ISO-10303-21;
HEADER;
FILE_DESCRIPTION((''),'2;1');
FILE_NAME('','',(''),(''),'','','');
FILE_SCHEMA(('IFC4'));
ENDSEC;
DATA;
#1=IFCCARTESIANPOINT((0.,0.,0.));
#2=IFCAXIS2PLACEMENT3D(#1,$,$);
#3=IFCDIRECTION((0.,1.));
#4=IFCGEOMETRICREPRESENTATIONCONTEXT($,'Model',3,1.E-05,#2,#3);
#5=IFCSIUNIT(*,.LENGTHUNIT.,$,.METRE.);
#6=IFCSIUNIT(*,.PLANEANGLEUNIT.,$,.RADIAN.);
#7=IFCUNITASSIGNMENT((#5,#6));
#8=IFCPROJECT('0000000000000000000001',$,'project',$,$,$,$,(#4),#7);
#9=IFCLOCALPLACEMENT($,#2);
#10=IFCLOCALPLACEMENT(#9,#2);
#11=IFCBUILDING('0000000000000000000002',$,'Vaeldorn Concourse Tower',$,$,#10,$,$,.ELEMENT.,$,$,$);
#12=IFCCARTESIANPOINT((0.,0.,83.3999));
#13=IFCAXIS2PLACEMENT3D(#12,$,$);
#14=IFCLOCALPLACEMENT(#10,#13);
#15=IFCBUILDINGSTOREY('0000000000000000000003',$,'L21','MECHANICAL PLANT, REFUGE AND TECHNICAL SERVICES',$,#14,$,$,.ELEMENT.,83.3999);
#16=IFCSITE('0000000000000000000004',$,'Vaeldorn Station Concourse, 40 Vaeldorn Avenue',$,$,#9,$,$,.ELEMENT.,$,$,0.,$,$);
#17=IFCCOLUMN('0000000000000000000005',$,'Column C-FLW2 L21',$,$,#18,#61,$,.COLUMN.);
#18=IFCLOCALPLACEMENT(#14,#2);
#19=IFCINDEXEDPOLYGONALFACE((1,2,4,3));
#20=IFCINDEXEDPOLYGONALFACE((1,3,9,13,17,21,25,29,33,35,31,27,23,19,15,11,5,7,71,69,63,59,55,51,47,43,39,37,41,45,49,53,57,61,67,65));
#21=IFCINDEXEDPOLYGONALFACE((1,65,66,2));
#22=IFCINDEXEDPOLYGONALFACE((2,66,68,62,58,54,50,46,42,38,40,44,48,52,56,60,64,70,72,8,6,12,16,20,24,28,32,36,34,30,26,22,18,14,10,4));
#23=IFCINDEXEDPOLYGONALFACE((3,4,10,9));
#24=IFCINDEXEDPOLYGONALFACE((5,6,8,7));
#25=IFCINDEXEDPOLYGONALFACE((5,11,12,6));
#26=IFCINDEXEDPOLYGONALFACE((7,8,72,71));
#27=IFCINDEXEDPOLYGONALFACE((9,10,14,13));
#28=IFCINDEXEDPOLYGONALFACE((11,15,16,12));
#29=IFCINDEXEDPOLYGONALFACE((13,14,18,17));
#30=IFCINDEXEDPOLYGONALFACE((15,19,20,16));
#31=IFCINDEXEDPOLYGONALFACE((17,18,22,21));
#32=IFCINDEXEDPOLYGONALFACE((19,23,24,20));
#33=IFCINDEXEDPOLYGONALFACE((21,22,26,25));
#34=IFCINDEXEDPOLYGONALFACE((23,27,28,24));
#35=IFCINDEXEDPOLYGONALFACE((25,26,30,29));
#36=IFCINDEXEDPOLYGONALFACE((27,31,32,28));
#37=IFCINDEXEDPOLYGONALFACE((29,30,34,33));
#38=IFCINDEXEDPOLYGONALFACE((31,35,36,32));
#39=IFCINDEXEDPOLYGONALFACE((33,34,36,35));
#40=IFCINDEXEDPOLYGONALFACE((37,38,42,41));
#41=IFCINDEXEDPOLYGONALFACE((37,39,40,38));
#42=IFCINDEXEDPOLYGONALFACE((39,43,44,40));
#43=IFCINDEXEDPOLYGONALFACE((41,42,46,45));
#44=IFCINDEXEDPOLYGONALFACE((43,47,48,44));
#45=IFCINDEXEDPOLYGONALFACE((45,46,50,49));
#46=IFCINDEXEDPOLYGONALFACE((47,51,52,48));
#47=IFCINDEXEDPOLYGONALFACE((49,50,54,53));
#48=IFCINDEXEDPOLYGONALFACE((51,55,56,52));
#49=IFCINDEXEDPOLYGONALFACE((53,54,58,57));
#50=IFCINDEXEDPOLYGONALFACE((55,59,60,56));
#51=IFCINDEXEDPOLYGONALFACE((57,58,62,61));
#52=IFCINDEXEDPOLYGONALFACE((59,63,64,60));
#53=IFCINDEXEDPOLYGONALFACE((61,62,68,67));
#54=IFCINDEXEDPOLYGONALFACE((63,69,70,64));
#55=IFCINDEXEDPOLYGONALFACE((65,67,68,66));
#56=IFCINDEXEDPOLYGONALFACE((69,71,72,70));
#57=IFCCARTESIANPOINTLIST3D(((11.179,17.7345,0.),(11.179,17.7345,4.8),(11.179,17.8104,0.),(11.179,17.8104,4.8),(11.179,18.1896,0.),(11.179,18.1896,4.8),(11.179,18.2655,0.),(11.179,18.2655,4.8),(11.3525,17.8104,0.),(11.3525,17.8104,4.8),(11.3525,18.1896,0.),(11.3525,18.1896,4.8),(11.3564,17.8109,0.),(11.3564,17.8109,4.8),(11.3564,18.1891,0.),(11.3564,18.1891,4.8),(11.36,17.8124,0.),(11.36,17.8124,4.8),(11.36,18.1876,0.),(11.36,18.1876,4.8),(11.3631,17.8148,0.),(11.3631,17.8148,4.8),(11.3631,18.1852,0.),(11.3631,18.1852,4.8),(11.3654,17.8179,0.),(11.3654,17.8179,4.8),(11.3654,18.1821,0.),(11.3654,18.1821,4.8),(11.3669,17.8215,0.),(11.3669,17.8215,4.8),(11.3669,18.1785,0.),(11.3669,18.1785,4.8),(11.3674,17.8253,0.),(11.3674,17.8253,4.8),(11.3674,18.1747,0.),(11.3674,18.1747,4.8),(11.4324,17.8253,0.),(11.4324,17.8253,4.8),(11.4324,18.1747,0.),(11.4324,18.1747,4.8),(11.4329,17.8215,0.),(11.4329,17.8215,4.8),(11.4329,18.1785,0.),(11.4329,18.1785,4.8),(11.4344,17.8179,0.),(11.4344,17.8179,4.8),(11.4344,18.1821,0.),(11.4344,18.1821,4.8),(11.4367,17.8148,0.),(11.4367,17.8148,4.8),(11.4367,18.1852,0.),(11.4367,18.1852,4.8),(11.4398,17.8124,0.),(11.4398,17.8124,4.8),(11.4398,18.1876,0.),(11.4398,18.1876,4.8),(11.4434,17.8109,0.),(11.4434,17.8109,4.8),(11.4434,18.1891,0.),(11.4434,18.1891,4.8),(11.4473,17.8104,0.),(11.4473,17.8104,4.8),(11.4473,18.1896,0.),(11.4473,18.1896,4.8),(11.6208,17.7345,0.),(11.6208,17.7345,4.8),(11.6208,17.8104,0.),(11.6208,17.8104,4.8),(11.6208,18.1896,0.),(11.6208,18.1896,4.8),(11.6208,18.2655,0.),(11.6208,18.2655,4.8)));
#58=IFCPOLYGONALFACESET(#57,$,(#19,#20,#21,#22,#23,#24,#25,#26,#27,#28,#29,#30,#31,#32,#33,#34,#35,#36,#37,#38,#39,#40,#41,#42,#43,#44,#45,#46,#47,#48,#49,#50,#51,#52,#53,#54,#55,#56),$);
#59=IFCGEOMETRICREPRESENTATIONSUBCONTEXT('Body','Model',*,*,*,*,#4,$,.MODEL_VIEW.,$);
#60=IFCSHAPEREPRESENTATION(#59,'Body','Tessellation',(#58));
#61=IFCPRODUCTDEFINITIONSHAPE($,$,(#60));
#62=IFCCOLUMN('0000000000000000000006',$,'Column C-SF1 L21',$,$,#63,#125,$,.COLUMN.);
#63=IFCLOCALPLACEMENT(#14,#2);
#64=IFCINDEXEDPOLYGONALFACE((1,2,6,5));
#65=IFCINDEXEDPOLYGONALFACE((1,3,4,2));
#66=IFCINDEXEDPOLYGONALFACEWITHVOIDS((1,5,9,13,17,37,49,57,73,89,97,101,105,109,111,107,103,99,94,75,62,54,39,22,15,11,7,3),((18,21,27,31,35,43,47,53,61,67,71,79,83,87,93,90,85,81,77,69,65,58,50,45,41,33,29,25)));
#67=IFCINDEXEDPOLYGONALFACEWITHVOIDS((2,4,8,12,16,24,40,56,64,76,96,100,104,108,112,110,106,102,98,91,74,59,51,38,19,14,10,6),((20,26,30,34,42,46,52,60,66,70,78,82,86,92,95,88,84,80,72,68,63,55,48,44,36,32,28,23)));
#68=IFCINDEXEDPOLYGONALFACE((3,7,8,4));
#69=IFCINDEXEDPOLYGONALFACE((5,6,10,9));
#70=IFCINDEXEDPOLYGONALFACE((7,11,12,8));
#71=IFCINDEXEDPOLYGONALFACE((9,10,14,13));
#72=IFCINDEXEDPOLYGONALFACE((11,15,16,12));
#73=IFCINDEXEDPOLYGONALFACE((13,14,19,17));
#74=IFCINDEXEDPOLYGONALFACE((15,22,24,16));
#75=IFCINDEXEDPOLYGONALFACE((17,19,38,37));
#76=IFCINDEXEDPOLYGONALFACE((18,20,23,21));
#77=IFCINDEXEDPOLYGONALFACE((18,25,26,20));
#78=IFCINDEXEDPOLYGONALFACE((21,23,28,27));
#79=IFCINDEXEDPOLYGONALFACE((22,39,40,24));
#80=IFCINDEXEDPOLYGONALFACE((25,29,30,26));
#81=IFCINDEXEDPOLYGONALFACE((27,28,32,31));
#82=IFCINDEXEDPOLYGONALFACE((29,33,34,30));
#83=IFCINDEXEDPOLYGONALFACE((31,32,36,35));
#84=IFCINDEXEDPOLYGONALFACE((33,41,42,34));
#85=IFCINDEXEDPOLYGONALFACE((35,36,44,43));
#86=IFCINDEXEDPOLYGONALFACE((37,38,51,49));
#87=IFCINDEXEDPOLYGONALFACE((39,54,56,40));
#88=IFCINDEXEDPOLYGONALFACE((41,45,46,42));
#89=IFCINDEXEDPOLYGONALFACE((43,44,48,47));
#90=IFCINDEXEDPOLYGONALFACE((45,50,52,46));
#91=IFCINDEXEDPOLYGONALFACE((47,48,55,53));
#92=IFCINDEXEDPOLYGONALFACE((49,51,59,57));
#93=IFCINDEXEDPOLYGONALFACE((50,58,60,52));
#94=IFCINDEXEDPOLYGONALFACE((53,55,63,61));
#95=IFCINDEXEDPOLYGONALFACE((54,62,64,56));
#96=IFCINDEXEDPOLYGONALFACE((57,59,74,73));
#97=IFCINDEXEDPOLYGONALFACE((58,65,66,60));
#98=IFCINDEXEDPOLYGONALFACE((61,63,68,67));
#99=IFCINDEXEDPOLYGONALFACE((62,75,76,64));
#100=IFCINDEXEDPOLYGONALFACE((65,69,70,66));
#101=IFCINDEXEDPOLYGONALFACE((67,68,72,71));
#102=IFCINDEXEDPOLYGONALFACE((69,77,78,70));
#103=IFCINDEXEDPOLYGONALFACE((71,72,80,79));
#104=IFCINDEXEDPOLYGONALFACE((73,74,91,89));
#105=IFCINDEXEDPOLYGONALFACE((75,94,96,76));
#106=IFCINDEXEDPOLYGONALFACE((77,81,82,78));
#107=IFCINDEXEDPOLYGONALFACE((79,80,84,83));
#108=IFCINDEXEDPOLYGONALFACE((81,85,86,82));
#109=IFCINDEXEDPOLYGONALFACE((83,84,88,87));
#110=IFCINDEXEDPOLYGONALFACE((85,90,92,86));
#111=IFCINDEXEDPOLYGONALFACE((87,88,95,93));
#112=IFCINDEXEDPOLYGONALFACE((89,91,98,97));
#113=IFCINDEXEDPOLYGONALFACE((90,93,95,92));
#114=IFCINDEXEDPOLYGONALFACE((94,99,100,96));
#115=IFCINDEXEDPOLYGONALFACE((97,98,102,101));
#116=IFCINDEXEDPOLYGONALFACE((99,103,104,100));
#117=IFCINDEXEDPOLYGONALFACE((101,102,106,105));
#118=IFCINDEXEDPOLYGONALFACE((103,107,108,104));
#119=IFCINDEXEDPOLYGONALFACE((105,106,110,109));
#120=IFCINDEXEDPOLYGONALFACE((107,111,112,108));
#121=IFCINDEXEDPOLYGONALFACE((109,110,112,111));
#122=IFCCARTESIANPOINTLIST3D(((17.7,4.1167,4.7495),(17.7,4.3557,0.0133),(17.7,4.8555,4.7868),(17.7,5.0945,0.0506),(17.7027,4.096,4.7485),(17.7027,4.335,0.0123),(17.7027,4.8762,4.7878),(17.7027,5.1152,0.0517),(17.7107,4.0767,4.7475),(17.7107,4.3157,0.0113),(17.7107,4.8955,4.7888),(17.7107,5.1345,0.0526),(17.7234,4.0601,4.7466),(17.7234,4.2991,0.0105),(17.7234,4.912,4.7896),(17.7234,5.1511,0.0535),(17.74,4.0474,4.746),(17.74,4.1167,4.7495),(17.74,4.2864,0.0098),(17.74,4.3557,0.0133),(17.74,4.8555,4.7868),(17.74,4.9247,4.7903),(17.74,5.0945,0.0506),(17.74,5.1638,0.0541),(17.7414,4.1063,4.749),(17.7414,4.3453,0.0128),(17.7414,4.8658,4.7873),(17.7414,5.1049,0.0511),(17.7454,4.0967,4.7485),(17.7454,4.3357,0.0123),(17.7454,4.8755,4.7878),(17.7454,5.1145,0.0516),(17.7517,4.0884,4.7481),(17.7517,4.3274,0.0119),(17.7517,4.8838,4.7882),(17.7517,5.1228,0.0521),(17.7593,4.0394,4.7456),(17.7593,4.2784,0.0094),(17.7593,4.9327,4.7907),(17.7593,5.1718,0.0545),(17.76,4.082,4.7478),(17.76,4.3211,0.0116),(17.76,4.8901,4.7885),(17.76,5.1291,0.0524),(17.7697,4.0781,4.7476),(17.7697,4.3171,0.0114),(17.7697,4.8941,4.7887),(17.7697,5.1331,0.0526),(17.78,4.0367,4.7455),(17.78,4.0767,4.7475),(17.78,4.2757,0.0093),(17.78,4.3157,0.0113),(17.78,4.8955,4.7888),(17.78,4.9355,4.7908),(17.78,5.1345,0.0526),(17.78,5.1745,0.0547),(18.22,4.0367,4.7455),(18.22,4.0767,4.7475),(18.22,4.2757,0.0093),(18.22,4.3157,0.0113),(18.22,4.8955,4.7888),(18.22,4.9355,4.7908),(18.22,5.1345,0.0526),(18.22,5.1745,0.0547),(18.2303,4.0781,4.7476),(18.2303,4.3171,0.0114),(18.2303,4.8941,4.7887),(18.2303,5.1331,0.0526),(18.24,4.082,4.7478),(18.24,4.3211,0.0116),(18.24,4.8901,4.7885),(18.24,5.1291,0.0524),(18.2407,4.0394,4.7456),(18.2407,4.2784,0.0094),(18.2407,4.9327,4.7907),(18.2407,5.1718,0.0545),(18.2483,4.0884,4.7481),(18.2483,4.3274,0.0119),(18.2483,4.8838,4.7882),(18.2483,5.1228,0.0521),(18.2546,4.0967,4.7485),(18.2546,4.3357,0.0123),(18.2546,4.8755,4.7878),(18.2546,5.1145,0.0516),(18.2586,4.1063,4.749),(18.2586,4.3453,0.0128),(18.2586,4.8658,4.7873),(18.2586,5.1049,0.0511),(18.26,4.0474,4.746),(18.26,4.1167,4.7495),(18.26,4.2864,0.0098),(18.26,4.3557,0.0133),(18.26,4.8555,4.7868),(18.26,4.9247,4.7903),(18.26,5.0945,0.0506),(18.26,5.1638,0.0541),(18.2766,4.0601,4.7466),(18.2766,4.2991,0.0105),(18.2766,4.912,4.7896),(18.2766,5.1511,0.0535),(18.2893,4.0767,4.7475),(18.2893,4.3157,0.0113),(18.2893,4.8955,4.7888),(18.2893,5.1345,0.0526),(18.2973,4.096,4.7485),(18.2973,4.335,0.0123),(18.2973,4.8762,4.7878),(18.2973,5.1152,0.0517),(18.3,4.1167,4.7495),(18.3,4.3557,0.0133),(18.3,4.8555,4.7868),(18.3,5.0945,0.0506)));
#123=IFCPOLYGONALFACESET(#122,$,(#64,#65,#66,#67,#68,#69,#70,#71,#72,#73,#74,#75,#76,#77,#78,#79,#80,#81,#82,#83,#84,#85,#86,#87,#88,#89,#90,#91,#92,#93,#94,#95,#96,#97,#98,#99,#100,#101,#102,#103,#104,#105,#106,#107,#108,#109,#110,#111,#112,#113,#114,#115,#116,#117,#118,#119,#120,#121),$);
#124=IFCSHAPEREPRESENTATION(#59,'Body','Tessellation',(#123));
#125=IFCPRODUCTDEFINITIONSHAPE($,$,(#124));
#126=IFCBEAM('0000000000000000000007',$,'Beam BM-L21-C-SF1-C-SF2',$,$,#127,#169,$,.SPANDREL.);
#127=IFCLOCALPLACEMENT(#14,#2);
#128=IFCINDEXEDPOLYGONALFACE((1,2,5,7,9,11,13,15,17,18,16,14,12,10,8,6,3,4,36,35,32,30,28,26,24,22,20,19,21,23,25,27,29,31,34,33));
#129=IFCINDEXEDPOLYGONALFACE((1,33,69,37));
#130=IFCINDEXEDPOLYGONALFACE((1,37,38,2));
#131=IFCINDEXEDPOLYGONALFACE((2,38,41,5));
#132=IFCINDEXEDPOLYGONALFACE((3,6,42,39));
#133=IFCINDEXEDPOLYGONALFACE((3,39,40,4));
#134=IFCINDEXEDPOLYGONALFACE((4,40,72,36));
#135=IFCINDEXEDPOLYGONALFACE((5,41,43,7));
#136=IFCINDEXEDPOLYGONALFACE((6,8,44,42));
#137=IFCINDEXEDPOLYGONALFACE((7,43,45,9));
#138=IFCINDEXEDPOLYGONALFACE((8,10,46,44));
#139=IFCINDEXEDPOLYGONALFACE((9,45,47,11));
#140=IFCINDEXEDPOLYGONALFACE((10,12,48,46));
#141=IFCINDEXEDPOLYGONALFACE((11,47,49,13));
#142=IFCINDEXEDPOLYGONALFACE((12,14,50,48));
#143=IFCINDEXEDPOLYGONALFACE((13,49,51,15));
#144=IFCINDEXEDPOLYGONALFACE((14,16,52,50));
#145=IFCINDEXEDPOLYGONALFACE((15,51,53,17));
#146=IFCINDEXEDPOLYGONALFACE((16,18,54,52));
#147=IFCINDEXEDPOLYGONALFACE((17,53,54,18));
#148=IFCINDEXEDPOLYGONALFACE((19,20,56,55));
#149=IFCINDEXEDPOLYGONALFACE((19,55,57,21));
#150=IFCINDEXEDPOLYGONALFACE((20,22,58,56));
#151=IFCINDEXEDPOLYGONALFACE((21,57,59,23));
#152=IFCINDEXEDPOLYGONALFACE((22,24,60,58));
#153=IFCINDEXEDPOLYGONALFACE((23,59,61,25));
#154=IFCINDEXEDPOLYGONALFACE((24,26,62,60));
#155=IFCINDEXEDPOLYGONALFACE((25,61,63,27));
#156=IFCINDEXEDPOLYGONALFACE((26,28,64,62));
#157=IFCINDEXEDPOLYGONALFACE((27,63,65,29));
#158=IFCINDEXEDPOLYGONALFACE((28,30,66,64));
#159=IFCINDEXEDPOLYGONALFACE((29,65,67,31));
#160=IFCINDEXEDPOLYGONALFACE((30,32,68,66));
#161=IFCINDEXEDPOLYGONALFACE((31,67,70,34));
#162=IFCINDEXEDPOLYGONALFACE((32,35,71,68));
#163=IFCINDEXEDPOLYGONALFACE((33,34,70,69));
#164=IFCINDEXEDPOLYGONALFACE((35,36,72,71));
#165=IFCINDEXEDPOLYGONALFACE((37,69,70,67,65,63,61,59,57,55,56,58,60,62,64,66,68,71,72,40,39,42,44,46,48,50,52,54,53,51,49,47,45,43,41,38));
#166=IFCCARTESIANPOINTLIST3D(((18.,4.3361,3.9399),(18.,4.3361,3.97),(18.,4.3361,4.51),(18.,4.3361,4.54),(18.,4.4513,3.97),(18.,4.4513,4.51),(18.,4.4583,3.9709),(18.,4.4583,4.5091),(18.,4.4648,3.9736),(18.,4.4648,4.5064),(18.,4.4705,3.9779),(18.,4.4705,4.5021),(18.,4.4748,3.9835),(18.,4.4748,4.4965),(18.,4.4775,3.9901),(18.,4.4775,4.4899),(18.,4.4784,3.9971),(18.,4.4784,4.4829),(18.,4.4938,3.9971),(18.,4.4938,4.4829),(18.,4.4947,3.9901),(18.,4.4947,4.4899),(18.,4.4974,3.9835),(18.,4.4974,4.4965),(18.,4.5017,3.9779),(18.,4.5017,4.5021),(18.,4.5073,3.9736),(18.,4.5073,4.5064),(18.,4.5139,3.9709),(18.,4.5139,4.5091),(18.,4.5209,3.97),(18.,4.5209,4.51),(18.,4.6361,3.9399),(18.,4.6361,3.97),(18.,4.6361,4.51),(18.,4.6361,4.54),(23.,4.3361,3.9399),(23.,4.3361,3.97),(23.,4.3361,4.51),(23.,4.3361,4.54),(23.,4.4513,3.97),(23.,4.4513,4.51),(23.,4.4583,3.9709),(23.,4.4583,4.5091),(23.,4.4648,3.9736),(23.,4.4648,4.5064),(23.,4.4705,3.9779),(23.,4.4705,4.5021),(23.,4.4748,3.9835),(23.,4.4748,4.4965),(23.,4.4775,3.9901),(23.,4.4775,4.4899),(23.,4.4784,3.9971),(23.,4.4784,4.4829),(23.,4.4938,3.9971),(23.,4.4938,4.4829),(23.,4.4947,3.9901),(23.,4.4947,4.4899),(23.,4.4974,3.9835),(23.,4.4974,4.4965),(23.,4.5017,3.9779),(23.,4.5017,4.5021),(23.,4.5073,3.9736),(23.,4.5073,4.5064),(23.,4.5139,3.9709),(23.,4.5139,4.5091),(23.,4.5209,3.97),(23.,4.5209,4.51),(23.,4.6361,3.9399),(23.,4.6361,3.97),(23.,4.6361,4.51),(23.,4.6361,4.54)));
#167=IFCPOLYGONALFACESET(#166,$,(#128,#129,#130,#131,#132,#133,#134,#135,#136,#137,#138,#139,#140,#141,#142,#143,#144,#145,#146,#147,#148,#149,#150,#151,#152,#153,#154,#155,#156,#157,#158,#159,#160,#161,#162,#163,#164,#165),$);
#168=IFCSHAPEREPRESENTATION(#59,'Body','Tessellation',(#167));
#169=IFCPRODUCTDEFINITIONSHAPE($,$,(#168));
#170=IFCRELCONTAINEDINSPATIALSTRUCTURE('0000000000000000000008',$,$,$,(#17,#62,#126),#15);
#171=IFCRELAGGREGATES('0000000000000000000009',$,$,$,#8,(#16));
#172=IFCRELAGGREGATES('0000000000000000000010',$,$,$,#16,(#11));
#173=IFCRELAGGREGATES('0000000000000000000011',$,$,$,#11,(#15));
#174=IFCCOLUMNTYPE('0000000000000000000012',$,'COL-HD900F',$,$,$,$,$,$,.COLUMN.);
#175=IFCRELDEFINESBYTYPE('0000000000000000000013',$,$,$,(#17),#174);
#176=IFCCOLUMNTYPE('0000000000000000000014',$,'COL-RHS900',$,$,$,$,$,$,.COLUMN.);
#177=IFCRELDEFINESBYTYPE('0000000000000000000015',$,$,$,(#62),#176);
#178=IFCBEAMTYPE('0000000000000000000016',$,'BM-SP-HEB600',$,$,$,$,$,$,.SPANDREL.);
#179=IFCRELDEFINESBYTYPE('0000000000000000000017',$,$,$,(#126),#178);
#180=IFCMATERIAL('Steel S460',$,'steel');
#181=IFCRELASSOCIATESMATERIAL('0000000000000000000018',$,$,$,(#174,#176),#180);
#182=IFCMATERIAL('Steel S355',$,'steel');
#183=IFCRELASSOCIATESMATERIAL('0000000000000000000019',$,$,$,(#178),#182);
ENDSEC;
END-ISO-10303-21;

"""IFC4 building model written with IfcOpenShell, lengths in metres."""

from ifc_helpers import new_model, si_unit, direction, frame, origin, origin_2d, place, context, subcontext, project, spatial, hollow_rectangle, i_section, extrude, source, transform, mapped, material, material_profile, profile_set, type_object, element, save


model = new_model("IFC4")

# Units and contexts
model_context = context("Model", 3, precision=1e-05, world=origin(), true_north=direction((0.0, 1.0)))
body_context = subcontext(model_context, "Body", "Model", "MODEL_VIEW")
ifc_project = project(units=[si_unit("LENGTHUNIT", "METRE"), si_unit("PLANEANGLEUNIT", "RADIAN")], contexts=[model_context])

# Site, building, storey
site_placement = place(None, origin())
site = spatial("IfcSite", under=ifc_project, at=site_placement, Name="Vaeldorn Station Concourse, 40 Vaeldorn Avenue", CompositionType="ELEMENT", RefElevation=0.0)
building_placement = place(site_placement, origin())
building = spatial("IfcBuilding", under=site, at=building_placement, Name="Vaeldorn Concourse Tower", CompositionType="ELEMENT")
storey_placement = place(building_placement, frame((0.0, 0.0, 83.3999)))
storey = spatial("IfcBuildingStorey", under=building, at=storey_placement, Name="L21", Description="MECHANICAL PLANT, REFUGE AND TECHNICAL SERVICES", CompositionType="ELEMENT", Elevation=83.3999)

# Columns
ifc_material_1 = material(Name="Steel S460", Category="steel")
ifc_material_profile_1 = material_profile(ifc_material_1, i_section(OverallWidth=0.4419, OverallDepth=0.531, WebThickness=0.0649, FlangeThickness=0.0759, FilletRadius=0.0149, at=origin_2d()), Name="HD 400x900")
ifc_profile_set_1 = profile_set([ifc_material_profile_1], Name="Steel S460")
column_type_1 = type_object("IfcColumnType", Name="COL-HD900F", PredefinedType="COLUMN", material=ifc_profile_set_1)
shared_shape_1 = source(origin(), body_context, "Body", "SweptSolid", [
    extrude(i_section(OverallWidth=0.4419, OverallDepth=0.531, WebThickness=0.0649, FlangeThickness=0.0759, FilletRadius=0.0149, at=origin_2d()), origin(), (0.0, 0.0, 1.0), 4.8),
])
column_1_placement = place(storey_placement, frame((11.3999, 18.0, 0.0), z_axis=(0.0, 0.0, 1.0), x_axis=(1.0, 0.0, 0.0)))
element("IfcColumn", 1, at=column_1_placement, inside=storey, type_object=column_type_1, Name="Column C-FLW2 L21", PredefinedType="COLUMN", context=body_context, shape_type="MappedRepresentation", body=[
    mapped(shared_shape_1, transform((0.0, 0.0, 0.0), scale=1.0)),
])
ifc_material_profile_2 = material_profile(ifc_material_1, hollow_rectangle(XDim=0.6001, YDim=0.8999, WallThickness=0.04, InnerFilletRadius=0.04, OuterFilletRadius=0.0801, at=origin_2d()), Name="RHS 900x600x40")
ifc_profile_set_2 = profile_set([ifc_material_profile_2], Name="Steel S460")
column_type_2 = type_object("IfcColumnType", Name="COL-RHS900", PredefinedType="COLUMN", material=ifc_profile_set_2)
shared_shape_2 = source(origin(), body_context, "Body", "SweptSolid", [
    extrude(hollow_rectangle(XDim=0.6001, YDim=0.8999, WallThickness=0.04, InnerFilletRadius=0.04, OuterFilletRadius=0.0801, at=origin_2d()), origin(), (0.0, 0.0, 1.0), 4.7422),
])
column_2_placement = place(storey_placement, frame((18.0, 4.7251, 0.032), z_axis=(0.0, -0.050402, 0.998729), x_axis=(1.0, 0.0, 0.0)))
element("IfcColumn", 2, at=column_2_placement, inside=storey, type_object=column_type_2, Name="Column C-SF1 L21", PredefinedType="COLUMN", context=body_context, shape_type="MappedRepresentation", body=[
    mapped(shared_shape_2, transform((0.0, 0.0, 0.0), scale=1.0)),
])

# Beam
ifc_material_2 = material(Name="Steel S355", Category="steel")
ifc_material_profile_3 = material_profile(ifc_material_2, i_section(OverallWidth=0.3, OverallDepth=0.6001, WebThickness=0.0154, FlangeThickness=0.03, FilletRadius=0.0271, at=origin_2d()), Name="HEB 600")
ifc_profile_set_3 = profile_set([ifc_material_profile_3], Name="Steel S355")
beam_type_1 = type_object("IfcBeamType", Name="BM-SP-HEB600", PredefinedType="SPANDREL", material=ifc_profile_set_3)
shared_shape_3 = source(origin(), body_context, "Body", "SweptSolid", [
    extrude(i_section(OverallWidth=0.3, OverallDepth=0.6001, WebThickness=0.0154, FlangeThickness=0.03, FilletRadius=0.0271, at=origin_2d()), origin(), (0.0, 0.0, 1.0), 5.0),
])
beam_1_placement = place(storey_placement, frame((18.0, 4.4861, 4.24), z_axis=(1.0, 0.0, 0.0), x_axis=(0.0, 1.0, 0.0)))
element("IfcBeam", 3, at=beam_1_placement, inside=storey, type_object=beam_type_1, Name="Beam BM-L21-C-SF1-C-SF2", PredefinedType="SPANDREL", context=body_context, shape_type="MappedRepresentation", body=[
    mapped(shared_shape_3, transform((0.0, 0.0, 0.0), scale=1.0)),
])

save(model, "model.ifc")
